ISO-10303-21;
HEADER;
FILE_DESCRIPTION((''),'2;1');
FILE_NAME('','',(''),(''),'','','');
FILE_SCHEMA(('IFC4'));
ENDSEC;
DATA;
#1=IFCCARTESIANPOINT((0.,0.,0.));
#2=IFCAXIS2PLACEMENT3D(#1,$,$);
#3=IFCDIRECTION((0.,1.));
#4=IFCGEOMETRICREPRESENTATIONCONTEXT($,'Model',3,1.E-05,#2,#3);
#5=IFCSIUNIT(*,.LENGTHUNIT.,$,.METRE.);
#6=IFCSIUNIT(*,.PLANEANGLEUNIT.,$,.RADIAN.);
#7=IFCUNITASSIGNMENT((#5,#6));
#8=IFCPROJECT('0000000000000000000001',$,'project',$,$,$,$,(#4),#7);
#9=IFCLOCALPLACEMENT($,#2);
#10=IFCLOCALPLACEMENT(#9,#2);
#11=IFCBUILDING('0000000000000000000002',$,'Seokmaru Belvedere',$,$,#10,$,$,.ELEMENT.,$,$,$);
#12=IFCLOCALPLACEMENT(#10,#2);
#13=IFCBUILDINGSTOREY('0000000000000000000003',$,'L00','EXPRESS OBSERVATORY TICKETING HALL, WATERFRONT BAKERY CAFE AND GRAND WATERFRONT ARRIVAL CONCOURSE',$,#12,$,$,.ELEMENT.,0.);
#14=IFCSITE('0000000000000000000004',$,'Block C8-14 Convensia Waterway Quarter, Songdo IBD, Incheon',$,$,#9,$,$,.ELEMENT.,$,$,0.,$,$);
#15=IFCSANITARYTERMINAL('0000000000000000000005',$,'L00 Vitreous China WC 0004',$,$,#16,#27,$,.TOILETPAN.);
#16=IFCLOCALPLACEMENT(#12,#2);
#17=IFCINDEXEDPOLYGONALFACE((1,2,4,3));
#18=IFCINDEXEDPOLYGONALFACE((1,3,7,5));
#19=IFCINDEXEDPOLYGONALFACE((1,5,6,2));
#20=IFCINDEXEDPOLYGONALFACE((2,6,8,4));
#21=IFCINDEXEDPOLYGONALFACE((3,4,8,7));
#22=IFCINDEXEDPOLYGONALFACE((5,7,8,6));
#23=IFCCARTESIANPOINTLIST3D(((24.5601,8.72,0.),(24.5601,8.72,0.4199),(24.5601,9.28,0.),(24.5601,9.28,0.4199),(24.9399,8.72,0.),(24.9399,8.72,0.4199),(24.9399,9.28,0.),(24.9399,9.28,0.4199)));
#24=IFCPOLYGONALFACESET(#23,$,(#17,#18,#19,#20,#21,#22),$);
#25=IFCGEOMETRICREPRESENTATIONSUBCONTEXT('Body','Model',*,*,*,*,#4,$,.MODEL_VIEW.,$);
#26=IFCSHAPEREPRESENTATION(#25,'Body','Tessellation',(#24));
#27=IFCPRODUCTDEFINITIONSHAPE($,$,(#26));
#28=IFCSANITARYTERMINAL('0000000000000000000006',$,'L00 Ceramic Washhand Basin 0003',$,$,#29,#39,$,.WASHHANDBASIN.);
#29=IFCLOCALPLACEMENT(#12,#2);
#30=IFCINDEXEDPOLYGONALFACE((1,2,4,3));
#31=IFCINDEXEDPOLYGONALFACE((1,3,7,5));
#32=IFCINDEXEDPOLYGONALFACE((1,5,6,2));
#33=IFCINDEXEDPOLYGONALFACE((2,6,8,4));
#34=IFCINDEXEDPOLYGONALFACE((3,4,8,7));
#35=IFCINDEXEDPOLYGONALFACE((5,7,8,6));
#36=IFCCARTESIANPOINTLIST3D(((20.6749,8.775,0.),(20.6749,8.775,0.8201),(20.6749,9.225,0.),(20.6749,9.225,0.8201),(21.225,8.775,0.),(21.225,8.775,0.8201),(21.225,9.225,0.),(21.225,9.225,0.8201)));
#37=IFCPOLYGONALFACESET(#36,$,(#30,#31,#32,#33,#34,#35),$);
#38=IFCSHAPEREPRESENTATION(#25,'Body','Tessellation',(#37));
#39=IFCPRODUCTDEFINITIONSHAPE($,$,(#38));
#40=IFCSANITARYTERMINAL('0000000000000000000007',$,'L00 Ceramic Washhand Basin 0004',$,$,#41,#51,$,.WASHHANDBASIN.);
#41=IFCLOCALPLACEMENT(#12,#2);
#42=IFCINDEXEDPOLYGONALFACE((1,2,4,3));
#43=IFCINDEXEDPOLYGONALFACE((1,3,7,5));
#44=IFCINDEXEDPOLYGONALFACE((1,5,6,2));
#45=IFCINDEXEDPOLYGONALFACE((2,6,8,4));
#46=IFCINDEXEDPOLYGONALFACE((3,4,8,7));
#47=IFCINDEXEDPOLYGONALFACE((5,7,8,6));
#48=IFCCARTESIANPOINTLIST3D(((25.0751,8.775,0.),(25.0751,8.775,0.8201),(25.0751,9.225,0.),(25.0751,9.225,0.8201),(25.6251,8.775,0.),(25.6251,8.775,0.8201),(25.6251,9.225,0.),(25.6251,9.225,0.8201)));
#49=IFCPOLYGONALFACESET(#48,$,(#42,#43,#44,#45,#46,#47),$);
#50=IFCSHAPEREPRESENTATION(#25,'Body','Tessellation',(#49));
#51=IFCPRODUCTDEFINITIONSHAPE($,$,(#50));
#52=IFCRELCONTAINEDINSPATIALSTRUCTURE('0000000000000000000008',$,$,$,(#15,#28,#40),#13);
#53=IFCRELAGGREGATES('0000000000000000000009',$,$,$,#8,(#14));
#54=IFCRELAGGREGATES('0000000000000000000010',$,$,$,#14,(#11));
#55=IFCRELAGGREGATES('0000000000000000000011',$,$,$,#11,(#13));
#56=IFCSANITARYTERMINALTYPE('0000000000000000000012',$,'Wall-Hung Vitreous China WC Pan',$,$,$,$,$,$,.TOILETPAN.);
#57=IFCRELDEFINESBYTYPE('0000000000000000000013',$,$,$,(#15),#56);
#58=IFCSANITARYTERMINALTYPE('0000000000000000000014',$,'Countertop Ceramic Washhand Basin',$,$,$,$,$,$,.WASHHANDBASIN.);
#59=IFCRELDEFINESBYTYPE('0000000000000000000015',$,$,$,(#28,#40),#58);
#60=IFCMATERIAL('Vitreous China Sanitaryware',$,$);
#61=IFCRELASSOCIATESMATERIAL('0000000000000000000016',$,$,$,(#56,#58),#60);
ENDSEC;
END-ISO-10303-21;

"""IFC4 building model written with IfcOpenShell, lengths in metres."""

from ifc_helpers import new_model, si_unit, direction, frame, origin, origin_2d, place, context, subcontext, project, spatial, rectangle, extrude, source, transform, mapped, material, type_object, type_shapes, element, save


model = new_model("IFC4")

# Units and contexts
model_context = context("Model", 3, precision=1e-05, world=origin(), true_north=direction((0.0, 1.0)))
body_context = subcontext(model_context, "Body", "Model", "MODEL_VIEW")
ifc_project = project(units=[si_unit("LENGTHUNIT", "METRE"), si_unit("PLANEANGLEUNIT", "RADIAN")], contexts=[model_context])

# Site, building, storey
site_placement = place(None, origin())
site = spatial("IfcSite", under=ifc_project, at=site_placement, Name="Block C8-14 Convensia Waterway Quarter, Songdo IBD, Incheon", CompositionType="ELEMENT", RefElevation=0.0)
building_placement = place(site_placement, origin())
building = spatial("IfcBuilding", under=site, at=building_placement, Name="Seokmaru Belvedere", CompositionType="ELEMENT")
storey_placement = place(building_placement, origin())
storey = spatial("IfcBuildingStorey", under=building, at=storey_placement, Name="L00", Description="EXPRESS OBSERVATORY TICKETING HALL, WATERFRONT BAKERY CAFE AND GRAND WATERFRONT ARRIVAL CONCOURSE", CompositionType="ELEMENT", Elevation=0.0)

# Sanitary terminals
ifc_material_1 = material(Name="Vitreous China Sanitaryware")
sanitary_terminal_type_1 = type_object("IfcSanitaryTerminalType", Name="Wall-Hung Vitreous China WC Pan", PredefinedType="TOILETPAN", material=ifc_material_1)
shared_shape_1 = source(origin(), body_context, "Body", "SweptSolid", [
    extrude(rectangle(XDim=0.3799, YDim=0.5601, at=origin_2d()), origin(), (0.0, 0.0, 1.0), 0.4199),
])
type_shapes(sanitary_terminal_type_1, [shared_shape_1])
for number, where, z_axis, x_axis, name in (
    (1, (24.75, 9.0, 0.0), (0.0, 0.0, 1.0), (1.0, 0.0, 0.0), "L00 Vitreous China WC 0004"),
):
    element("IfcSanitaryTerminal", number, at=place(storey_placement, frame(where, z_axis=z_axis, x_axis=x_axis)), inside=storey, type_object=sanitary_terminal_type_1, Name=name, PredefinedType="TOILETPAN", context=body_context, shape_type="MappedRepresentation", body=[
        mapped(shared_shape_1, transform((0.0, 0.0, 0.0), scale=1.0)),
    ])
sanitary_terminal_type_2 = type_object("IfcSanitaryTerminalType", Name="Countertop Ceramic Washhand Basin", PredefinedType="WASHHANDBASIN", material=ifc_material_1)
shared_shape_2 = source(origin(), body_context, "Body", "SweptSolid", [
    extrude(rectangle(XDim=0.55, YDim=0.45, at=origin_2d()), origin(), (0.0, 0.0, 1.0), 0.8201),
])
type_shapes(sanitary_terminal_type_2, [shared_shape_2])
for number, where, z_axis, x_axis, name in (
    (2, (20.95, 9.0, 0.0), (0.0, 0.0, 1.0), (1.0, 0.0, 0.0), "L00 Ceramic Washhand Basin 0003"),
    (3, (25.3501, 9.0, 0.0), (0.0, 0.0, 1.0), (1.0, 0.0, 0.0), "L00 Ceramic Washhand Basin 0004"),
):
    element("IfcSanitaryTerminal", number, at=place(storey_placement, frame(where, z_axis=z_axis, x_axis=x_axis)), inside=storey, type_object=sanitary_terminal_type_2, Name=name, PredefinedType="WASHHANDBASIN", context=body_context, shape_type="MappedRepresentation", body=[
        mapped(shared_shape_2, transform((0.0, 0.0, 0.0), scale=1.0)),
    ])

save(model, "model.ifc")
